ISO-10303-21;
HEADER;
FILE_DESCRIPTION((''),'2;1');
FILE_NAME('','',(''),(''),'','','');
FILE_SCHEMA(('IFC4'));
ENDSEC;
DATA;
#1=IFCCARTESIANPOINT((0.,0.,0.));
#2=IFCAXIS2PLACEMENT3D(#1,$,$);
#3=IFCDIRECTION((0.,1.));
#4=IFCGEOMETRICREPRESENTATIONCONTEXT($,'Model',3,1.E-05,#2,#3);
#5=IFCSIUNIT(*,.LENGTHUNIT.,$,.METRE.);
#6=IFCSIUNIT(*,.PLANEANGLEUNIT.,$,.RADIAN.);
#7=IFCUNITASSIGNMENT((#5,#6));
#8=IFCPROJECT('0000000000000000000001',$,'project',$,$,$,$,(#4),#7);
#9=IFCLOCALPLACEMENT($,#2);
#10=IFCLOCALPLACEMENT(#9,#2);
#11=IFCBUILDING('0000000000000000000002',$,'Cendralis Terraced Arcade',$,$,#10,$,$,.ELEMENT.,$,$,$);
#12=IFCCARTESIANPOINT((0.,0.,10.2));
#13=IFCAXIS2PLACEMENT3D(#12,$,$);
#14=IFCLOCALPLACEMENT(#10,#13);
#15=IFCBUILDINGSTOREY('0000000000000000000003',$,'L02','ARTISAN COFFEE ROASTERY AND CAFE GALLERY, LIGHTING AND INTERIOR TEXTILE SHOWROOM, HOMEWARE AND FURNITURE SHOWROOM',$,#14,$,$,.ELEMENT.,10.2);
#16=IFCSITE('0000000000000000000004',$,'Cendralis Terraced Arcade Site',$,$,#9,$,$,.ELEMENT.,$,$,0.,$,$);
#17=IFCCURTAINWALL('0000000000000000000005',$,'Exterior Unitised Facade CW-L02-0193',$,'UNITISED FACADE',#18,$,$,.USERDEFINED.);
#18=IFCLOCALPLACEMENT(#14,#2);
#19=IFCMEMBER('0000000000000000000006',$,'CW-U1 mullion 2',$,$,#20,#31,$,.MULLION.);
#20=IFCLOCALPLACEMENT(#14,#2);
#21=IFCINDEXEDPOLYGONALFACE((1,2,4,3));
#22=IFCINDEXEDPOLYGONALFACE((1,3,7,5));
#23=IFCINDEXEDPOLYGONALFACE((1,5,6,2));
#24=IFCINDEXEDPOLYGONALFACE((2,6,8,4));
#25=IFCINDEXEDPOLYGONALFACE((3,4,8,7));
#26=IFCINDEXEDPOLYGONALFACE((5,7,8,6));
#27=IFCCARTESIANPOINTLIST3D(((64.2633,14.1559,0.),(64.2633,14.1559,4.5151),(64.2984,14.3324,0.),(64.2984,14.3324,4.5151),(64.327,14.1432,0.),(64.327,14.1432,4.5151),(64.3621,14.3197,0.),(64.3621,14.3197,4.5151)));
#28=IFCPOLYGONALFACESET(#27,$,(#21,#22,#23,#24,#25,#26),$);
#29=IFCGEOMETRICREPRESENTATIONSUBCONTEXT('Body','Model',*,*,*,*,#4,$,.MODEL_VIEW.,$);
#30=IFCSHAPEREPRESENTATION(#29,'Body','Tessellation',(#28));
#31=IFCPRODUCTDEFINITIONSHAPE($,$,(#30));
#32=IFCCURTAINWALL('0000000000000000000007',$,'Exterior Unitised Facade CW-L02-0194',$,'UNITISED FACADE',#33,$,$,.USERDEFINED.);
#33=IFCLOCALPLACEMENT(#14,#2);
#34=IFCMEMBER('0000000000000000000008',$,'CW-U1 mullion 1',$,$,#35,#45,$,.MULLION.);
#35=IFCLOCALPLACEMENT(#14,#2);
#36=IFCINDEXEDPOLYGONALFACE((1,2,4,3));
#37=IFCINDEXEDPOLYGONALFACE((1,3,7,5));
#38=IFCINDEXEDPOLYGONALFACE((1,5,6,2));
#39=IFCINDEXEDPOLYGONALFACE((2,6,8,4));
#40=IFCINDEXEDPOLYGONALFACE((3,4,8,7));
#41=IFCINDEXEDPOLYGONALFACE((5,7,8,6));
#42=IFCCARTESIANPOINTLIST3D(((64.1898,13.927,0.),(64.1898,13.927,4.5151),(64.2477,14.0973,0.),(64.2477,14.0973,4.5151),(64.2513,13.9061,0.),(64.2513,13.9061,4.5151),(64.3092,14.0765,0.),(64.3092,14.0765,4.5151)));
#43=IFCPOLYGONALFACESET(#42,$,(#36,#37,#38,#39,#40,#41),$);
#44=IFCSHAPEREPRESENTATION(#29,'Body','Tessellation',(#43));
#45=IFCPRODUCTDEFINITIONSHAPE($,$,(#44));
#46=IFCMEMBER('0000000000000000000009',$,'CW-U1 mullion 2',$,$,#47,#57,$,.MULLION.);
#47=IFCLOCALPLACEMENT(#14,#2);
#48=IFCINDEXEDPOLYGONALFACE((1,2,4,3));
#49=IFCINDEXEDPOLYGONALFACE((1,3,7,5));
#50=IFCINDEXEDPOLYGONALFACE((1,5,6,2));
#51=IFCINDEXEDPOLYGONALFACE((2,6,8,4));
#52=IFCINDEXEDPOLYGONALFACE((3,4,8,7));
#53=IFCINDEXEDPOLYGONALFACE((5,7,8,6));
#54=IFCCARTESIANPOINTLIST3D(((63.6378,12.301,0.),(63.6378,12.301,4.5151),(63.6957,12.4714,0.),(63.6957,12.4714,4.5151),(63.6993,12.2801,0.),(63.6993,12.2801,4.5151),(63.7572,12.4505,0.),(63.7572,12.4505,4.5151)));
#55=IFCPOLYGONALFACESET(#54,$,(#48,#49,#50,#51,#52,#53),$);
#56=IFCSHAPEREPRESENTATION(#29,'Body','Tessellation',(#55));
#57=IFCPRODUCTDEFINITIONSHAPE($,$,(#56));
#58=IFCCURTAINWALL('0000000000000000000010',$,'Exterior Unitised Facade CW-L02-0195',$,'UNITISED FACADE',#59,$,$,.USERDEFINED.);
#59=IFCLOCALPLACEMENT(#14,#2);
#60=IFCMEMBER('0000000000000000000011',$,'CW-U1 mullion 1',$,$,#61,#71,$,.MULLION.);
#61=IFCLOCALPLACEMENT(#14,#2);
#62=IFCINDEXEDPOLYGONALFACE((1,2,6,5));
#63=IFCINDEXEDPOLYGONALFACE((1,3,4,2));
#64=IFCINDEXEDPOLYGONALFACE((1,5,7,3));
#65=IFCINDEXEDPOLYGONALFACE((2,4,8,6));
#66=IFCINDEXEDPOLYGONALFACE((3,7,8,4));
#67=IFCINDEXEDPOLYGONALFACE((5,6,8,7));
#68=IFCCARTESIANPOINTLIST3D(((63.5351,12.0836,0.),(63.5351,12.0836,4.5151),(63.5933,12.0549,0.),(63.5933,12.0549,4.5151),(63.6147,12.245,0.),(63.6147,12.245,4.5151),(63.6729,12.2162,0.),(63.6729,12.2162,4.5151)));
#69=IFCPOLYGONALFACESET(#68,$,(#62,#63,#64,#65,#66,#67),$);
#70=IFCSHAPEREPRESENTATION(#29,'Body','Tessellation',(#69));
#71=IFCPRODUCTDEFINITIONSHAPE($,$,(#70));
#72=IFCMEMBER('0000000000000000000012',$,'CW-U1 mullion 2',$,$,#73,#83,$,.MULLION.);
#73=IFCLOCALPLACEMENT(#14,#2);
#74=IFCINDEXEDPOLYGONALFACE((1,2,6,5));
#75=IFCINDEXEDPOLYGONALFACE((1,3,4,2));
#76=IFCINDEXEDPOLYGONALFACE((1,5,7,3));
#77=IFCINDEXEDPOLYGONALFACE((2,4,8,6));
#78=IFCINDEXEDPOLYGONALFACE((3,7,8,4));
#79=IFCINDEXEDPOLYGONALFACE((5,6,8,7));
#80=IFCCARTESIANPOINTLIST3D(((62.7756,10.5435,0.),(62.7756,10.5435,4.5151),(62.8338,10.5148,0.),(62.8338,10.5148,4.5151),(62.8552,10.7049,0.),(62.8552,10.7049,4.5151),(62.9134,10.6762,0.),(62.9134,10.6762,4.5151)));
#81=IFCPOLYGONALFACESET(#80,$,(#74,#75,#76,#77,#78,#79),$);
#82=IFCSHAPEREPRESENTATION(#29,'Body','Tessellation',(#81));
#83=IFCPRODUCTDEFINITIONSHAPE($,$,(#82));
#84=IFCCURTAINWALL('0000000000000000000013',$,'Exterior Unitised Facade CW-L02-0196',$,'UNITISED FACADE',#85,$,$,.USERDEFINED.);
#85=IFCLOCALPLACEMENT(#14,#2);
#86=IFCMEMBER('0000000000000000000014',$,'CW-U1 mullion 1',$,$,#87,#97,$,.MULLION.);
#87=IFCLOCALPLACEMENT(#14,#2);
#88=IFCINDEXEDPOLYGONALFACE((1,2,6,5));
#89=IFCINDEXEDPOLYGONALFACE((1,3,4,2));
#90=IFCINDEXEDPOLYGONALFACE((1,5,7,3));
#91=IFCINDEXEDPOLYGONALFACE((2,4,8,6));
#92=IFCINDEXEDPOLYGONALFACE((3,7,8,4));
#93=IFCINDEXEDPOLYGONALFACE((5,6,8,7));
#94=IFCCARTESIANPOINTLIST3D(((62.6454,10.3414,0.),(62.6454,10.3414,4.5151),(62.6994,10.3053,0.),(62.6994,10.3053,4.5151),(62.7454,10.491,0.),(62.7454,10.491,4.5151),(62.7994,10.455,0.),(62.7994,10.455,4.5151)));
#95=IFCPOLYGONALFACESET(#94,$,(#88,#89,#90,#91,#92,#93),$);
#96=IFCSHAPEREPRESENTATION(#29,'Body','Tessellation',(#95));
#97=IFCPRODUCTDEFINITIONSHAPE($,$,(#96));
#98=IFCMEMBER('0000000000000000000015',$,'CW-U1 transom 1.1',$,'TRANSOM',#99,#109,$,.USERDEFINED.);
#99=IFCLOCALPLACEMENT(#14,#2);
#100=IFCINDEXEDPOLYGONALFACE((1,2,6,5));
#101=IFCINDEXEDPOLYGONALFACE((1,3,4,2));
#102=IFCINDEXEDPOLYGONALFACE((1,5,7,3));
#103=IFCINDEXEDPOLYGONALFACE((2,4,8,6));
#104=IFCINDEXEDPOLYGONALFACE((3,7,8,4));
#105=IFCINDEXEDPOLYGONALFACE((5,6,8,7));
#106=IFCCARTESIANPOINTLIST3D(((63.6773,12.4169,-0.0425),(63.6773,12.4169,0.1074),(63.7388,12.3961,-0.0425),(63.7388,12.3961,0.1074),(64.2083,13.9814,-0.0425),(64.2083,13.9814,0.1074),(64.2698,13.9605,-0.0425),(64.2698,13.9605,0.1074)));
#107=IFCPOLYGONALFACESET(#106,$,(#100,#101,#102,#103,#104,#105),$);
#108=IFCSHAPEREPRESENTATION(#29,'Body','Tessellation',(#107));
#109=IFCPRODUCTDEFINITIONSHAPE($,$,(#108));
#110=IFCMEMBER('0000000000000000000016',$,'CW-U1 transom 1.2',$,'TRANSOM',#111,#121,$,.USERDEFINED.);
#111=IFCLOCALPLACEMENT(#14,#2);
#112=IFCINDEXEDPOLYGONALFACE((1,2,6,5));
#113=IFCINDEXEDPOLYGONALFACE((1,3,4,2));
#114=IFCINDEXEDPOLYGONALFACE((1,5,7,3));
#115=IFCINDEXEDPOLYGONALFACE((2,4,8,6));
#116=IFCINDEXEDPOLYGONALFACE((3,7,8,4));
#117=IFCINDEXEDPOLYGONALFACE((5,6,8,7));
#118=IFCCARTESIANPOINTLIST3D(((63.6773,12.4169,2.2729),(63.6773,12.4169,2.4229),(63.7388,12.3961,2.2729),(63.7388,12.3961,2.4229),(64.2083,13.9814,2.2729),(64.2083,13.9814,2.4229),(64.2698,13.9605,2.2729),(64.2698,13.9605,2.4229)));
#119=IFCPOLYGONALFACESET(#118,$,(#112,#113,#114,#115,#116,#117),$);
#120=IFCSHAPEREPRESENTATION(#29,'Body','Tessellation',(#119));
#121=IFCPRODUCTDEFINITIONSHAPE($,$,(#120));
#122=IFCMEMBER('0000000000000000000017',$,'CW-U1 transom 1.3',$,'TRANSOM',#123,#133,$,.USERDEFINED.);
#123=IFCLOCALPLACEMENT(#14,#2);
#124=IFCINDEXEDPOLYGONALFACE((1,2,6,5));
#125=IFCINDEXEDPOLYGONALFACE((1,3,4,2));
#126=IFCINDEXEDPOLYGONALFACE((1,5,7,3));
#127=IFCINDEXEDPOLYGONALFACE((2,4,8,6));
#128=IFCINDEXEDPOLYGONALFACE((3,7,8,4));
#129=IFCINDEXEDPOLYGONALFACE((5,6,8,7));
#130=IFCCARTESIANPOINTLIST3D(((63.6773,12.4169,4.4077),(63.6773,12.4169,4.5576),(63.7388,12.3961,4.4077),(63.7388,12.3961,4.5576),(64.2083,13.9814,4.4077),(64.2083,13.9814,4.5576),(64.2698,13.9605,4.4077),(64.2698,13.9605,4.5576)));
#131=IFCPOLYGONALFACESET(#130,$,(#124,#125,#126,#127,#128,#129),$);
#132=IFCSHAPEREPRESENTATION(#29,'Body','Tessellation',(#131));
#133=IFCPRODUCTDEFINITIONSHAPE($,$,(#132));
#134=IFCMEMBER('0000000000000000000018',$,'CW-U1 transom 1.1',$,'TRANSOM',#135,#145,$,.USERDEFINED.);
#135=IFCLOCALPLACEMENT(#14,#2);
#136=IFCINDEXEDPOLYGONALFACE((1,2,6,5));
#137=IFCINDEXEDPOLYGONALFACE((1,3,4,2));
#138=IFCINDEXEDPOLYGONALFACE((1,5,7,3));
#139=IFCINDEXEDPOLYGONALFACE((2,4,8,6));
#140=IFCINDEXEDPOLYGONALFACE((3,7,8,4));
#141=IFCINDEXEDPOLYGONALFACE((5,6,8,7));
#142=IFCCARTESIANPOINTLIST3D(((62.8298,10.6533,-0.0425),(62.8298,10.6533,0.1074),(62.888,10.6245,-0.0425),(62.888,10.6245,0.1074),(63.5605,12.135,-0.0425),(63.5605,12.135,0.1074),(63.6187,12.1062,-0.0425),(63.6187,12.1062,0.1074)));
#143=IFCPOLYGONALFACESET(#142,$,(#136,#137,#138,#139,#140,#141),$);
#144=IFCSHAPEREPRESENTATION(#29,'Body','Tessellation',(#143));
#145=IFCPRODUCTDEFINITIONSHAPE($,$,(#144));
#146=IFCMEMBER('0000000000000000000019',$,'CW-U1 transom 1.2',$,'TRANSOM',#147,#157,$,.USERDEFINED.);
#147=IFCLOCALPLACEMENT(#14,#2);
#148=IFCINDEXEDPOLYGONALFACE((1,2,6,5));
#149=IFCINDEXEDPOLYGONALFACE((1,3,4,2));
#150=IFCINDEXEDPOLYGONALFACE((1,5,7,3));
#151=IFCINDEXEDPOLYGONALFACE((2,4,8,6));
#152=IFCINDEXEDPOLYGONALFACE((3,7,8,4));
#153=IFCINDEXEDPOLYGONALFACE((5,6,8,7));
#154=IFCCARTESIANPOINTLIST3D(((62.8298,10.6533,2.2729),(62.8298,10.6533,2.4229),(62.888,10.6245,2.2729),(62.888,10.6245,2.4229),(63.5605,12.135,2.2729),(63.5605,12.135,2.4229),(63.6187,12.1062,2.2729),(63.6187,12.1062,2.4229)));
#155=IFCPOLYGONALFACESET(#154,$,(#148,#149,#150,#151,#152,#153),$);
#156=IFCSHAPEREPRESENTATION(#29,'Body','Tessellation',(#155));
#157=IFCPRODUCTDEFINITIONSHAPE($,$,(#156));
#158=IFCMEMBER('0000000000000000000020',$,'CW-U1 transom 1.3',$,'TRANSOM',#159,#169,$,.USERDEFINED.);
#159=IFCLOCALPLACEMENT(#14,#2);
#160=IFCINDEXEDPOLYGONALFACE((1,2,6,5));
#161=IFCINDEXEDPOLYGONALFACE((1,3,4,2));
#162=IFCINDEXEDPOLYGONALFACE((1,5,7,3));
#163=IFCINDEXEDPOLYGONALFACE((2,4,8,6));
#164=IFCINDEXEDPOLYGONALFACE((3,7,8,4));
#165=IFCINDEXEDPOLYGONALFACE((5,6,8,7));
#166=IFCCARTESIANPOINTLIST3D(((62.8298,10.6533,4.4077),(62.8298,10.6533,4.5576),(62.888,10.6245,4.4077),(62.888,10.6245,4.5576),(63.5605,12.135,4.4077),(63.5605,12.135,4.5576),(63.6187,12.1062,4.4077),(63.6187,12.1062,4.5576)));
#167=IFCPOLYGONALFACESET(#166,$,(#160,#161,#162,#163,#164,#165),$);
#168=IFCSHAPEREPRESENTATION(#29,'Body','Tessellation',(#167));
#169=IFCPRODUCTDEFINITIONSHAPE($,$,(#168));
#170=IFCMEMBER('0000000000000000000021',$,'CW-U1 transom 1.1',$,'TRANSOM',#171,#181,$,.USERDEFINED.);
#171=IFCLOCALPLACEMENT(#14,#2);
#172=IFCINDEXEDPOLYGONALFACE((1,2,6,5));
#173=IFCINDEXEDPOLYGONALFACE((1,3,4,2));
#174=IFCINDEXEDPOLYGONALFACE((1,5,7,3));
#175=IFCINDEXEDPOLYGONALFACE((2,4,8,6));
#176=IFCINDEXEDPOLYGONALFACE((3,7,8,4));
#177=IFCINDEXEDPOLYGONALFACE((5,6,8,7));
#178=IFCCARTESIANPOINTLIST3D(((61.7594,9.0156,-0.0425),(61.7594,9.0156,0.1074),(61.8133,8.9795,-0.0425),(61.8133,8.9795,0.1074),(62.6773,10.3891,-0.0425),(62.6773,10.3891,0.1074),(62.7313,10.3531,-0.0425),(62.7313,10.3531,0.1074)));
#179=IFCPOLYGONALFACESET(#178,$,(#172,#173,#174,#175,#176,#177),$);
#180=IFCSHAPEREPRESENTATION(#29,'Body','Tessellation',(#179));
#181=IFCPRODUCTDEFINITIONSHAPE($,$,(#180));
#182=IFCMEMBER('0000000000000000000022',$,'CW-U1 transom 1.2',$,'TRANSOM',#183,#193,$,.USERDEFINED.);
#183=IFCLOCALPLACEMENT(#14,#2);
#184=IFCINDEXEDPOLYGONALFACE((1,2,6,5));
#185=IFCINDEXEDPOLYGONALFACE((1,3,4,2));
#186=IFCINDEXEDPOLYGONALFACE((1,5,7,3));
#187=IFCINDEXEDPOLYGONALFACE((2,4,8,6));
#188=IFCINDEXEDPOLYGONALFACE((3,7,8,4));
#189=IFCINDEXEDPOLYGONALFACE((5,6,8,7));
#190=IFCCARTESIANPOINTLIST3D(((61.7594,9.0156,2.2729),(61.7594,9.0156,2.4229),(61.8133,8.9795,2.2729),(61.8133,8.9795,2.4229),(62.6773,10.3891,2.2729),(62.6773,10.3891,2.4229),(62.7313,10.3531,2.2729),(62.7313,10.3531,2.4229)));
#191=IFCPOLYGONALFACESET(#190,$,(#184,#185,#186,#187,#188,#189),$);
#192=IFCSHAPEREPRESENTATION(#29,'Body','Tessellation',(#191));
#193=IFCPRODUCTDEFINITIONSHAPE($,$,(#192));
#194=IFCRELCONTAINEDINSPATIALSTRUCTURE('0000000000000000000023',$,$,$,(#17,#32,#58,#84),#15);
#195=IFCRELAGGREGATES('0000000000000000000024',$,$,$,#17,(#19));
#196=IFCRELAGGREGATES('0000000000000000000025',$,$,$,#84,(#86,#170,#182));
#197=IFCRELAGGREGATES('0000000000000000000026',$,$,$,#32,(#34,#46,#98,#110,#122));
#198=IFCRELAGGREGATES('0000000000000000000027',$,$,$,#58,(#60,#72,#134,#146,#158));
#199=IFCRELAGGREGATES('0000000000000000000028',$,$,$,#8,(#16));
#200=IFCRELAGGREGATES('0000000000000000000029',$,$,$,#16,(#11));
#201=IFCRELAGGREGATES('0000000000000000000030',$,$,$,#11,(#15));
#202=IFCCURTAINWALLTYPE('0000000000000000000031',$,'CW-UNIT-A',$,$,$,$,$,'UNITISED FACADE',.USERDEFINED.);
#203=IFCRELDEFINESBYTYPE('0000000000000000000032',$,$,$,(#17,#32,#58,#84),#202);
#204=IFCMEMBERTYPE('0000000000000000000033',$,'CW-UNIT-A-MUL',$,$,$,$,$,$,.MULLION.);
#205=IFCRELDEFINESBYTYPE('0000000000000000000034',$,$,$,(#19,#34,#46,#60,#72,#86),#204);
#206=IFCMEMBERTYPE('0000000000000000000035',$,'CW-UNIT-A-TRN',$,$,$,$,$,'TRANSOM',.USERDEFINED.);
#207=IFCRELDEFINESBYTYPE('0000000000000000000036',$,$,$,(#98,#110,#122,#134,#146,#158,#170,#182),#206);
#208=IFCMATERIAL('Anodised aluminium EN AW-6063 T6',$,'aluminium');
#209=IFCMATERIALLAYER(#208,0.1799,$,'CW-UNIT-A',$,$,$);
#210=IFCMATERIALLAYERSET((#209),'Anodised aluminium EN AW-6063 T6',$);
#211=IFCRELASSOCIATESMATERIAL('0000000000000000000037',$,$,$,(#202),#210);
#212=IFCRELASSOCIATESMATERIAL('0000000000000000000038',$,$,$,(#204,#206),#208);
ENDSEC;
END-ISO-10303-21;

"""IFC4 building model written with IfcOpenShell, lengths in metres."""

from ifc_helpers import new_model, si_unit, direction, frame, origin, origin_2d, place, context, subcontext, project, spatial, rectangle, extrude, material, layer, layer_set, material_profile, profile_set, type_object, element, aggregate, save


model = new_model("IFC4")

# Units and contexts
model_context = context("Model", 3, precision=1e-05, world=origin(), true_north=direction((0.0, 1.0)))
body_context = subcontext(model_context, "Body", "Model", "MODEL_VIEW")
ifc_project = project(units=[si_unit("LENGTHUNIT", "METRE"), si_unit("PLANEANGLEUNIT", "RADIAN")], contexts=[model_context])

# Site, building, storey
site_placement = place(None, origin())
site = spatial("IfcSite", under=ifc_project, at=site_placement, Name="Cendralis Terraced Arcade Site", CompositionType="ELEMENT", RefElevation=0.0)
building_placement = place(site_placement, origin())
building = spatial("IfcBuilding", under=site, at=building_placement, Name="Cendralis Terraced Arcade", CompositionType="ELEMENT")
storey_placement = place(building_placement, frame((0.0, 0.0, 10.2)))
storey = spatial("IfcBuildingStorey", under=building, at=storey_placement, Name="L02", Description="ARTISAN COFFEE ROASTERY AND CAFE GALLERY, LIGHTING AND INTERIOR TEXTILE SHOWROOM, HOMEWARE AND FURNITURE SHOWROOM", CompositionType="ELEMENT", Elevation=10.2)

# Curtain wall, member
ifc_material_1 = material(Name="Anodised aluminium EN AW-6063 T6", Category="aluminium")
ifc_layer_1 = layer(ifc_material_1, 0.1799, Name="CW-UNIT-A")
ifc_layer_set_1 = layer_set([ifc_layer_1], Name="Anodised aluminium EN AW-6063 T6")
curtain_wall_type = type_object("IfcCurtainWallType", Name="CW-UNIT-A", ElementType="UNITISED FACADE", PredefinedType="USERDEFINED", material=ifc_layer_set_1)
curtain_wall_1_placement = place(storey_placement, origin())
curtain_wall_1 = element("IfcCurtainWall", 1, at=curtain_wall_1_placement, inside=storey, type_object=curtain_wall_type, Name="Exterior Unitised Facade CW-L02-0193", ObjectType="UNITISED FACADE", PredefinedType="USERDEFINED")
ifc_material_profile_1 = material_profile(ifc_material_1, rectangle(XDim=0.0649, YDim=0.1799, at=origin_2d()), Name="ALU-MUL-65x180")
ifc_profile_set_1 = profile_set([ifc_material_profile_1], Name="Anodised aluminium EN AW-6063 T6")
member_type_1 = type_object("IfcMemberType", Name="CW-UNIT-A-MUL", PredefinedType="MULLION", material=ifc_profile_set_1)
member_1_placement = place(storey_placement, frame((64.3127, 14.2378, 0.0), z_axis=(0.0, 0.0, 1.0), x_axis=(0.980792, -0.195058, 0.0)))
member_1 = element("IfcMember", 2, at=member_1_placement, type_object=member_type_1, Name="CW-U1 mullion 2", PredefinedType="MULLION", context=body_context, shape_type="SweptSolid", body=[
    extrude(rectangle(XDim=0.0649, YDim=0.1799, at=origin_2d()), origin(), (0.0, 0.0, 1.0), 4.5151),
])
aggregate(curtain_wall_1, [member_1])

# Curtain walls, members
curtain_wall_2_placement = place(storey_placement, origin())
curtain_wall_2 = element("IfcCurtainWall", 3, at=curtain_wall_2_placement, inside=storey, type_object=curtain_wall_type, Name="Exterior Unitised Facade CW-L02-0194", ObjectType="UNITISED FACADE", PredefinedType="USERDEFINED")
member_2_placement = place(storey_placement, frame((64.2495, 14.0017, 0.0), z_axis=(0.0, 0.0, 1.0), x_axis=(0.946924, -0.321458, 0.0)))
member_2 = element("IfcMember", 4, at=member_2_placement, type_object=member_type_1, Name="CW-U1 mullion 1", PredefinedType="MULLION", context=body_context, shape_type="SweptSolid", body=[
    extrude(rectangle(XDim=0.0649, YDim=0.1799, at=origin_2d()), origin(), (0.0, 0.0, 1.0), 4.5151),
])
member_3_placement = place(storey_placement, frame((63.6975, 12.3757, 0.0), z_axis=(0.0, 0.0, 1.0), x_axis=(0.946924, -0.321458, 0.0)))
member_3 = element("IfcMember", 5, at=member_3_placement, type_object=member_type_1, Name="CW-U1 mullion 2", PredefinedType="MULLION", context=body_context, shape_type="SweptSolid", body=[
    extrude(rectangle(XDim=0.0649, YDim=0.1799, at=origin_2d()), origin(), (0.0, 0.0, 1.0), 4.5151),
])
curtain_wall_3_placement = place(storey_placement, origin())
curtain_wall_3 = element("IfcCurtainWall", 6, at=curtain_wall_3_placement, inside=storey, type_object=curtain_wall_type, Name="Exterior Unitised Facade CW-L02-0195", ObjectType="UNITISED FACADE", PredefinedType="USERDEFINED")
member_4_placement = place(storey_placement, frame((63.604, 12.1499, 0.0), z_axis=(0.0, 0.0, 1.0), x_axis=(0.896871, -0.442291, 0.0)))
member_4 = element("IfcMember", 7, at=member_4_placement, type_object=member_type_1, Name="CW-U1 mullion 1", PredefinedType="MULLION", context=body_context, shape_type="SweptSolid", body=[
    extrude(rectangle(XDim=0.0649, YDim=0.1799, at=origin_2d()), origin(), (0.0, 0.0, 1.0), 4.5151),
])
member_5_placement = place(storey_placement, frame((62.8445, 10.6099, 0.0), z_axis=(0.0, 0.0, 1.0), x_axis=(0.896871, -0.442291, 0.0)))
member_5 = element("IfcMember", 8, at=member_5_placement, type_object=member_type_1, Name="CW-U1 mullion 2", PredefinedType="MULLION", context=body_context, shape_type="SweptSolid", body=[
    extrude(rectangle(XDim=0.0649, YDim=0.1799, at=origin_2d()), origin(), (0.0, 0.0, 1.0), 4.5151),
])

# Curtain wall, member
curtain_wall_4_placement = place(storey_placement, origin())
curtain_wall_4 = element("IfcCurtainWall", 9, at=curtain_wall_4_placement, inside=storey, type_object=curtain_wall_type, Name="Exterior Unitised Facade CW-L02-0196", ObjectType="UNITISED FACADE", PredefinedType="USERDEFINED")
member_6_placement = place(storey_placement, frame((62.7224, 10.3982, 0.0), z_axis=(0.0, 0.0, 1.0), x_axis=(0.831471, -0.555567, 0.0)))
member_6 = element("IfcMember", 10, at=member_6_placement, type_object=member_type_1, Name="CW-U1 mullion 1", PredefinedType="MULLION", context=body_context, shape_type="SweptSolid", body=[
    extrude(rectangle(XDim=0.0649, YDim=0.1799, at=origin_2d()), origin(), (0.0, 0.0, 1.0), 4.5151),
])

# Members
ifc_material_profile_2 = material_profile(ifc_material_1, rectangle(XDim=0.0649, YDim=0.1499, at=origin_2d()), Name="ALU-TRN-65x150")
ifc_profile_set_2 = profile_set([ifc_material_profile_2], Name="Anodised aluminium EN AW-6063 T6")
member_type_2 = type_object("IfcMemberType", Name="CW-UNIT-A-TRN", ElementType="TRANSOM", PredefinedType="USERDEFINED", material=ifc_profile_set_2)
member_7_placement = place(storey_placement, frame((64.239, 13.9709, 0.0325), z_axis=(-0.32141, -0.94694, 0.0), x_axis=(0.94694, -0.32141, 0.0)))
member_7 = element("IfcMember", 11, at=member_7_placement, type_object=member_type_2, Name="CW-U1 transom 1.1", ObjectType="TRANSOM", PredefinedType="USERDEFINED", context=body_context, shape_type="SweptSolid", body=[
    extrude(rectangle(XDim=0.0649, YDim=0.1499, at=origin_2d()), origin(), (0.0, 0.0, 1.0), 1.6521),
])
member_8_placement = place(storey_placement, frame((64.239, 13.9709, 2.3479), z_axis=(-0.32141, -0.94694, 0.0), x_axis=(0.94694, -0.32141, 0.0)))
member_8 = element("IfcMember", 12, at=member_8_placement, type_object=member_type_2, Name="CW-U1 transom 1.2", ObjectType="TRANSOM", PredefinedType="USERDEFINED", context=body_context, shape_type="SweptSolid", body=[
    extrude(rectangle(XDim=0.0649, YDim=0.1499, at=origin_2d()), origin(), (0.0, 0.0, 1.0), 1.6521),
])
member_9_placement = place(storey_placement, frame((64.239, 13.9709, 4.4827), z_axis=(-0.32141, -0.94694, 0.0), x_axis=(0.94694, -0.32141, 0.0)))
member_9 = element("IfcMember", 13, at=member_9_placement, type_object=member_type_2, Name="CW-U1 transom 1.3", ObjectType="TRANSOM", PredefinedType="USERDEFINED", context=body_context, shape_type="SweptSolid", body=[
    extrude(rectangle(XDim=0.0649, YDim=0.1499, at=origin_2d()), origin(), (0.0, 0.0, 1.0), 1.6521),
])
member_10_placement = place(storey_placement, frame((63.5896, 12.1206, 0.0325), z_axis=(-0.442301, -0.896867, 0.0), x_axis=(0.896867, -0.442301, 0.0)))
member_10 = element("IfcMember", 14, at=member_10_placement, type_object=member_type_2, Name="CW-U1 transom 1.1", ObjectType="TRANSOM", PredefinedType="USERDEFINED", context=body_context, shape_type="SweptSolid", body=[
    extrude(rectangle(XDim=0.0649, YDim=0.1499, at=origin_2d()), origin(), (0.0, 0.0, 1.0), 1.6521),
])
member_11_placement = place(storey_placement, frame((63.5896, 12.1206, 2.3479), z_axis=(-0.442301, -0.896867, 0.0), x_axis=(0.896867, -0.442301, 0.0)))
member_11 = element("IfcMember", 15, at=member_11_placement, type_object=member_type_2, Name="CW-U1 transom 1.2", ObjectType="TRANSOM", PredefinedType="USERDEFINED", context=body_context, shape_type="SweptSolid", body=[
    extrude(rectangle(XDim=0.0649, YDim=0.1499, at=origin_2d()), origin(), (0.0, 0.0, 1.0), 1.6521),
])
member_12_placement = place(storey_placement, frame((63.5896, 12.1206, 4.4827), z_axis=(-0.442301, -0.896867, 0.0), x_axis=(0.896867, -0.442301, 0.0)))
member_12 = element("IfcMember", 16, at=member_12_placement, type_object=member_type_2, Name="CW-U1 transom 1.3", ObjectType="TRANSOM", PredefinedType="USERDEFINED", context=body_context, shape_type="SweptSolid", body=[
    extrude(rectangle(XDim=0.0649, YDim=0.1499, at=origin_2d()), origin(), (0.0, 0.0, 1.0), 1.6521),
])
member_13_placement = place(storey_placement, frame((62.7043, 10.3711, 0.0325), z_axis=(-0.555655, -0.831413, 0.0), x_axis=(0.831413, -0.555655, 0.0)))
member_13 = element("IfcMember", 17, at=member_13_placement, type_object=member_type_2, Name="CW-U1 transom 1.1", ObjectType="TRANSOM", PredefinedType="USERDEFINED", context=body_context, shape_type="SweptSolid", body=[
    extrude(rectangle(XDim=0.0649, YDim=0.1499, at=origin_2d()), origin(), (0.0, 0.0, 1.0), 1.6521),
])
member_14_placement = place(storey_placement, frame((62.7043, 10.3711, 2.3479), z_axis=(-0.555655, -0.831413, 0.0), x_axis=(0.831413, -0.555655, 0.0)))
member_14 = element("IfcMember", 18, at=member_14_placement, type_object=member_type_2, Name="CW-U1 transom 1.2", ObjectType="TRANSOM", PredefinedType="USERDEFINED", context=body_context, shape_type="SweptSolid", body=[
    extrude(rectangle(XDim=0.0649, YDim=0.1499, at=origin_2d()), origin(), (0.0, 0.0, 1.0), 1.6521),
])
aggregate(curtain_wall_4, [member_6, member_13, member_14])

aggregate(curtain_wall_2, [member_2, member_3, member_7, member_8, member_9])
aggregate(curtain_wall_3, [member_4, member_5, member_10, member_11, member_12])

save(model, "model.ifc")
